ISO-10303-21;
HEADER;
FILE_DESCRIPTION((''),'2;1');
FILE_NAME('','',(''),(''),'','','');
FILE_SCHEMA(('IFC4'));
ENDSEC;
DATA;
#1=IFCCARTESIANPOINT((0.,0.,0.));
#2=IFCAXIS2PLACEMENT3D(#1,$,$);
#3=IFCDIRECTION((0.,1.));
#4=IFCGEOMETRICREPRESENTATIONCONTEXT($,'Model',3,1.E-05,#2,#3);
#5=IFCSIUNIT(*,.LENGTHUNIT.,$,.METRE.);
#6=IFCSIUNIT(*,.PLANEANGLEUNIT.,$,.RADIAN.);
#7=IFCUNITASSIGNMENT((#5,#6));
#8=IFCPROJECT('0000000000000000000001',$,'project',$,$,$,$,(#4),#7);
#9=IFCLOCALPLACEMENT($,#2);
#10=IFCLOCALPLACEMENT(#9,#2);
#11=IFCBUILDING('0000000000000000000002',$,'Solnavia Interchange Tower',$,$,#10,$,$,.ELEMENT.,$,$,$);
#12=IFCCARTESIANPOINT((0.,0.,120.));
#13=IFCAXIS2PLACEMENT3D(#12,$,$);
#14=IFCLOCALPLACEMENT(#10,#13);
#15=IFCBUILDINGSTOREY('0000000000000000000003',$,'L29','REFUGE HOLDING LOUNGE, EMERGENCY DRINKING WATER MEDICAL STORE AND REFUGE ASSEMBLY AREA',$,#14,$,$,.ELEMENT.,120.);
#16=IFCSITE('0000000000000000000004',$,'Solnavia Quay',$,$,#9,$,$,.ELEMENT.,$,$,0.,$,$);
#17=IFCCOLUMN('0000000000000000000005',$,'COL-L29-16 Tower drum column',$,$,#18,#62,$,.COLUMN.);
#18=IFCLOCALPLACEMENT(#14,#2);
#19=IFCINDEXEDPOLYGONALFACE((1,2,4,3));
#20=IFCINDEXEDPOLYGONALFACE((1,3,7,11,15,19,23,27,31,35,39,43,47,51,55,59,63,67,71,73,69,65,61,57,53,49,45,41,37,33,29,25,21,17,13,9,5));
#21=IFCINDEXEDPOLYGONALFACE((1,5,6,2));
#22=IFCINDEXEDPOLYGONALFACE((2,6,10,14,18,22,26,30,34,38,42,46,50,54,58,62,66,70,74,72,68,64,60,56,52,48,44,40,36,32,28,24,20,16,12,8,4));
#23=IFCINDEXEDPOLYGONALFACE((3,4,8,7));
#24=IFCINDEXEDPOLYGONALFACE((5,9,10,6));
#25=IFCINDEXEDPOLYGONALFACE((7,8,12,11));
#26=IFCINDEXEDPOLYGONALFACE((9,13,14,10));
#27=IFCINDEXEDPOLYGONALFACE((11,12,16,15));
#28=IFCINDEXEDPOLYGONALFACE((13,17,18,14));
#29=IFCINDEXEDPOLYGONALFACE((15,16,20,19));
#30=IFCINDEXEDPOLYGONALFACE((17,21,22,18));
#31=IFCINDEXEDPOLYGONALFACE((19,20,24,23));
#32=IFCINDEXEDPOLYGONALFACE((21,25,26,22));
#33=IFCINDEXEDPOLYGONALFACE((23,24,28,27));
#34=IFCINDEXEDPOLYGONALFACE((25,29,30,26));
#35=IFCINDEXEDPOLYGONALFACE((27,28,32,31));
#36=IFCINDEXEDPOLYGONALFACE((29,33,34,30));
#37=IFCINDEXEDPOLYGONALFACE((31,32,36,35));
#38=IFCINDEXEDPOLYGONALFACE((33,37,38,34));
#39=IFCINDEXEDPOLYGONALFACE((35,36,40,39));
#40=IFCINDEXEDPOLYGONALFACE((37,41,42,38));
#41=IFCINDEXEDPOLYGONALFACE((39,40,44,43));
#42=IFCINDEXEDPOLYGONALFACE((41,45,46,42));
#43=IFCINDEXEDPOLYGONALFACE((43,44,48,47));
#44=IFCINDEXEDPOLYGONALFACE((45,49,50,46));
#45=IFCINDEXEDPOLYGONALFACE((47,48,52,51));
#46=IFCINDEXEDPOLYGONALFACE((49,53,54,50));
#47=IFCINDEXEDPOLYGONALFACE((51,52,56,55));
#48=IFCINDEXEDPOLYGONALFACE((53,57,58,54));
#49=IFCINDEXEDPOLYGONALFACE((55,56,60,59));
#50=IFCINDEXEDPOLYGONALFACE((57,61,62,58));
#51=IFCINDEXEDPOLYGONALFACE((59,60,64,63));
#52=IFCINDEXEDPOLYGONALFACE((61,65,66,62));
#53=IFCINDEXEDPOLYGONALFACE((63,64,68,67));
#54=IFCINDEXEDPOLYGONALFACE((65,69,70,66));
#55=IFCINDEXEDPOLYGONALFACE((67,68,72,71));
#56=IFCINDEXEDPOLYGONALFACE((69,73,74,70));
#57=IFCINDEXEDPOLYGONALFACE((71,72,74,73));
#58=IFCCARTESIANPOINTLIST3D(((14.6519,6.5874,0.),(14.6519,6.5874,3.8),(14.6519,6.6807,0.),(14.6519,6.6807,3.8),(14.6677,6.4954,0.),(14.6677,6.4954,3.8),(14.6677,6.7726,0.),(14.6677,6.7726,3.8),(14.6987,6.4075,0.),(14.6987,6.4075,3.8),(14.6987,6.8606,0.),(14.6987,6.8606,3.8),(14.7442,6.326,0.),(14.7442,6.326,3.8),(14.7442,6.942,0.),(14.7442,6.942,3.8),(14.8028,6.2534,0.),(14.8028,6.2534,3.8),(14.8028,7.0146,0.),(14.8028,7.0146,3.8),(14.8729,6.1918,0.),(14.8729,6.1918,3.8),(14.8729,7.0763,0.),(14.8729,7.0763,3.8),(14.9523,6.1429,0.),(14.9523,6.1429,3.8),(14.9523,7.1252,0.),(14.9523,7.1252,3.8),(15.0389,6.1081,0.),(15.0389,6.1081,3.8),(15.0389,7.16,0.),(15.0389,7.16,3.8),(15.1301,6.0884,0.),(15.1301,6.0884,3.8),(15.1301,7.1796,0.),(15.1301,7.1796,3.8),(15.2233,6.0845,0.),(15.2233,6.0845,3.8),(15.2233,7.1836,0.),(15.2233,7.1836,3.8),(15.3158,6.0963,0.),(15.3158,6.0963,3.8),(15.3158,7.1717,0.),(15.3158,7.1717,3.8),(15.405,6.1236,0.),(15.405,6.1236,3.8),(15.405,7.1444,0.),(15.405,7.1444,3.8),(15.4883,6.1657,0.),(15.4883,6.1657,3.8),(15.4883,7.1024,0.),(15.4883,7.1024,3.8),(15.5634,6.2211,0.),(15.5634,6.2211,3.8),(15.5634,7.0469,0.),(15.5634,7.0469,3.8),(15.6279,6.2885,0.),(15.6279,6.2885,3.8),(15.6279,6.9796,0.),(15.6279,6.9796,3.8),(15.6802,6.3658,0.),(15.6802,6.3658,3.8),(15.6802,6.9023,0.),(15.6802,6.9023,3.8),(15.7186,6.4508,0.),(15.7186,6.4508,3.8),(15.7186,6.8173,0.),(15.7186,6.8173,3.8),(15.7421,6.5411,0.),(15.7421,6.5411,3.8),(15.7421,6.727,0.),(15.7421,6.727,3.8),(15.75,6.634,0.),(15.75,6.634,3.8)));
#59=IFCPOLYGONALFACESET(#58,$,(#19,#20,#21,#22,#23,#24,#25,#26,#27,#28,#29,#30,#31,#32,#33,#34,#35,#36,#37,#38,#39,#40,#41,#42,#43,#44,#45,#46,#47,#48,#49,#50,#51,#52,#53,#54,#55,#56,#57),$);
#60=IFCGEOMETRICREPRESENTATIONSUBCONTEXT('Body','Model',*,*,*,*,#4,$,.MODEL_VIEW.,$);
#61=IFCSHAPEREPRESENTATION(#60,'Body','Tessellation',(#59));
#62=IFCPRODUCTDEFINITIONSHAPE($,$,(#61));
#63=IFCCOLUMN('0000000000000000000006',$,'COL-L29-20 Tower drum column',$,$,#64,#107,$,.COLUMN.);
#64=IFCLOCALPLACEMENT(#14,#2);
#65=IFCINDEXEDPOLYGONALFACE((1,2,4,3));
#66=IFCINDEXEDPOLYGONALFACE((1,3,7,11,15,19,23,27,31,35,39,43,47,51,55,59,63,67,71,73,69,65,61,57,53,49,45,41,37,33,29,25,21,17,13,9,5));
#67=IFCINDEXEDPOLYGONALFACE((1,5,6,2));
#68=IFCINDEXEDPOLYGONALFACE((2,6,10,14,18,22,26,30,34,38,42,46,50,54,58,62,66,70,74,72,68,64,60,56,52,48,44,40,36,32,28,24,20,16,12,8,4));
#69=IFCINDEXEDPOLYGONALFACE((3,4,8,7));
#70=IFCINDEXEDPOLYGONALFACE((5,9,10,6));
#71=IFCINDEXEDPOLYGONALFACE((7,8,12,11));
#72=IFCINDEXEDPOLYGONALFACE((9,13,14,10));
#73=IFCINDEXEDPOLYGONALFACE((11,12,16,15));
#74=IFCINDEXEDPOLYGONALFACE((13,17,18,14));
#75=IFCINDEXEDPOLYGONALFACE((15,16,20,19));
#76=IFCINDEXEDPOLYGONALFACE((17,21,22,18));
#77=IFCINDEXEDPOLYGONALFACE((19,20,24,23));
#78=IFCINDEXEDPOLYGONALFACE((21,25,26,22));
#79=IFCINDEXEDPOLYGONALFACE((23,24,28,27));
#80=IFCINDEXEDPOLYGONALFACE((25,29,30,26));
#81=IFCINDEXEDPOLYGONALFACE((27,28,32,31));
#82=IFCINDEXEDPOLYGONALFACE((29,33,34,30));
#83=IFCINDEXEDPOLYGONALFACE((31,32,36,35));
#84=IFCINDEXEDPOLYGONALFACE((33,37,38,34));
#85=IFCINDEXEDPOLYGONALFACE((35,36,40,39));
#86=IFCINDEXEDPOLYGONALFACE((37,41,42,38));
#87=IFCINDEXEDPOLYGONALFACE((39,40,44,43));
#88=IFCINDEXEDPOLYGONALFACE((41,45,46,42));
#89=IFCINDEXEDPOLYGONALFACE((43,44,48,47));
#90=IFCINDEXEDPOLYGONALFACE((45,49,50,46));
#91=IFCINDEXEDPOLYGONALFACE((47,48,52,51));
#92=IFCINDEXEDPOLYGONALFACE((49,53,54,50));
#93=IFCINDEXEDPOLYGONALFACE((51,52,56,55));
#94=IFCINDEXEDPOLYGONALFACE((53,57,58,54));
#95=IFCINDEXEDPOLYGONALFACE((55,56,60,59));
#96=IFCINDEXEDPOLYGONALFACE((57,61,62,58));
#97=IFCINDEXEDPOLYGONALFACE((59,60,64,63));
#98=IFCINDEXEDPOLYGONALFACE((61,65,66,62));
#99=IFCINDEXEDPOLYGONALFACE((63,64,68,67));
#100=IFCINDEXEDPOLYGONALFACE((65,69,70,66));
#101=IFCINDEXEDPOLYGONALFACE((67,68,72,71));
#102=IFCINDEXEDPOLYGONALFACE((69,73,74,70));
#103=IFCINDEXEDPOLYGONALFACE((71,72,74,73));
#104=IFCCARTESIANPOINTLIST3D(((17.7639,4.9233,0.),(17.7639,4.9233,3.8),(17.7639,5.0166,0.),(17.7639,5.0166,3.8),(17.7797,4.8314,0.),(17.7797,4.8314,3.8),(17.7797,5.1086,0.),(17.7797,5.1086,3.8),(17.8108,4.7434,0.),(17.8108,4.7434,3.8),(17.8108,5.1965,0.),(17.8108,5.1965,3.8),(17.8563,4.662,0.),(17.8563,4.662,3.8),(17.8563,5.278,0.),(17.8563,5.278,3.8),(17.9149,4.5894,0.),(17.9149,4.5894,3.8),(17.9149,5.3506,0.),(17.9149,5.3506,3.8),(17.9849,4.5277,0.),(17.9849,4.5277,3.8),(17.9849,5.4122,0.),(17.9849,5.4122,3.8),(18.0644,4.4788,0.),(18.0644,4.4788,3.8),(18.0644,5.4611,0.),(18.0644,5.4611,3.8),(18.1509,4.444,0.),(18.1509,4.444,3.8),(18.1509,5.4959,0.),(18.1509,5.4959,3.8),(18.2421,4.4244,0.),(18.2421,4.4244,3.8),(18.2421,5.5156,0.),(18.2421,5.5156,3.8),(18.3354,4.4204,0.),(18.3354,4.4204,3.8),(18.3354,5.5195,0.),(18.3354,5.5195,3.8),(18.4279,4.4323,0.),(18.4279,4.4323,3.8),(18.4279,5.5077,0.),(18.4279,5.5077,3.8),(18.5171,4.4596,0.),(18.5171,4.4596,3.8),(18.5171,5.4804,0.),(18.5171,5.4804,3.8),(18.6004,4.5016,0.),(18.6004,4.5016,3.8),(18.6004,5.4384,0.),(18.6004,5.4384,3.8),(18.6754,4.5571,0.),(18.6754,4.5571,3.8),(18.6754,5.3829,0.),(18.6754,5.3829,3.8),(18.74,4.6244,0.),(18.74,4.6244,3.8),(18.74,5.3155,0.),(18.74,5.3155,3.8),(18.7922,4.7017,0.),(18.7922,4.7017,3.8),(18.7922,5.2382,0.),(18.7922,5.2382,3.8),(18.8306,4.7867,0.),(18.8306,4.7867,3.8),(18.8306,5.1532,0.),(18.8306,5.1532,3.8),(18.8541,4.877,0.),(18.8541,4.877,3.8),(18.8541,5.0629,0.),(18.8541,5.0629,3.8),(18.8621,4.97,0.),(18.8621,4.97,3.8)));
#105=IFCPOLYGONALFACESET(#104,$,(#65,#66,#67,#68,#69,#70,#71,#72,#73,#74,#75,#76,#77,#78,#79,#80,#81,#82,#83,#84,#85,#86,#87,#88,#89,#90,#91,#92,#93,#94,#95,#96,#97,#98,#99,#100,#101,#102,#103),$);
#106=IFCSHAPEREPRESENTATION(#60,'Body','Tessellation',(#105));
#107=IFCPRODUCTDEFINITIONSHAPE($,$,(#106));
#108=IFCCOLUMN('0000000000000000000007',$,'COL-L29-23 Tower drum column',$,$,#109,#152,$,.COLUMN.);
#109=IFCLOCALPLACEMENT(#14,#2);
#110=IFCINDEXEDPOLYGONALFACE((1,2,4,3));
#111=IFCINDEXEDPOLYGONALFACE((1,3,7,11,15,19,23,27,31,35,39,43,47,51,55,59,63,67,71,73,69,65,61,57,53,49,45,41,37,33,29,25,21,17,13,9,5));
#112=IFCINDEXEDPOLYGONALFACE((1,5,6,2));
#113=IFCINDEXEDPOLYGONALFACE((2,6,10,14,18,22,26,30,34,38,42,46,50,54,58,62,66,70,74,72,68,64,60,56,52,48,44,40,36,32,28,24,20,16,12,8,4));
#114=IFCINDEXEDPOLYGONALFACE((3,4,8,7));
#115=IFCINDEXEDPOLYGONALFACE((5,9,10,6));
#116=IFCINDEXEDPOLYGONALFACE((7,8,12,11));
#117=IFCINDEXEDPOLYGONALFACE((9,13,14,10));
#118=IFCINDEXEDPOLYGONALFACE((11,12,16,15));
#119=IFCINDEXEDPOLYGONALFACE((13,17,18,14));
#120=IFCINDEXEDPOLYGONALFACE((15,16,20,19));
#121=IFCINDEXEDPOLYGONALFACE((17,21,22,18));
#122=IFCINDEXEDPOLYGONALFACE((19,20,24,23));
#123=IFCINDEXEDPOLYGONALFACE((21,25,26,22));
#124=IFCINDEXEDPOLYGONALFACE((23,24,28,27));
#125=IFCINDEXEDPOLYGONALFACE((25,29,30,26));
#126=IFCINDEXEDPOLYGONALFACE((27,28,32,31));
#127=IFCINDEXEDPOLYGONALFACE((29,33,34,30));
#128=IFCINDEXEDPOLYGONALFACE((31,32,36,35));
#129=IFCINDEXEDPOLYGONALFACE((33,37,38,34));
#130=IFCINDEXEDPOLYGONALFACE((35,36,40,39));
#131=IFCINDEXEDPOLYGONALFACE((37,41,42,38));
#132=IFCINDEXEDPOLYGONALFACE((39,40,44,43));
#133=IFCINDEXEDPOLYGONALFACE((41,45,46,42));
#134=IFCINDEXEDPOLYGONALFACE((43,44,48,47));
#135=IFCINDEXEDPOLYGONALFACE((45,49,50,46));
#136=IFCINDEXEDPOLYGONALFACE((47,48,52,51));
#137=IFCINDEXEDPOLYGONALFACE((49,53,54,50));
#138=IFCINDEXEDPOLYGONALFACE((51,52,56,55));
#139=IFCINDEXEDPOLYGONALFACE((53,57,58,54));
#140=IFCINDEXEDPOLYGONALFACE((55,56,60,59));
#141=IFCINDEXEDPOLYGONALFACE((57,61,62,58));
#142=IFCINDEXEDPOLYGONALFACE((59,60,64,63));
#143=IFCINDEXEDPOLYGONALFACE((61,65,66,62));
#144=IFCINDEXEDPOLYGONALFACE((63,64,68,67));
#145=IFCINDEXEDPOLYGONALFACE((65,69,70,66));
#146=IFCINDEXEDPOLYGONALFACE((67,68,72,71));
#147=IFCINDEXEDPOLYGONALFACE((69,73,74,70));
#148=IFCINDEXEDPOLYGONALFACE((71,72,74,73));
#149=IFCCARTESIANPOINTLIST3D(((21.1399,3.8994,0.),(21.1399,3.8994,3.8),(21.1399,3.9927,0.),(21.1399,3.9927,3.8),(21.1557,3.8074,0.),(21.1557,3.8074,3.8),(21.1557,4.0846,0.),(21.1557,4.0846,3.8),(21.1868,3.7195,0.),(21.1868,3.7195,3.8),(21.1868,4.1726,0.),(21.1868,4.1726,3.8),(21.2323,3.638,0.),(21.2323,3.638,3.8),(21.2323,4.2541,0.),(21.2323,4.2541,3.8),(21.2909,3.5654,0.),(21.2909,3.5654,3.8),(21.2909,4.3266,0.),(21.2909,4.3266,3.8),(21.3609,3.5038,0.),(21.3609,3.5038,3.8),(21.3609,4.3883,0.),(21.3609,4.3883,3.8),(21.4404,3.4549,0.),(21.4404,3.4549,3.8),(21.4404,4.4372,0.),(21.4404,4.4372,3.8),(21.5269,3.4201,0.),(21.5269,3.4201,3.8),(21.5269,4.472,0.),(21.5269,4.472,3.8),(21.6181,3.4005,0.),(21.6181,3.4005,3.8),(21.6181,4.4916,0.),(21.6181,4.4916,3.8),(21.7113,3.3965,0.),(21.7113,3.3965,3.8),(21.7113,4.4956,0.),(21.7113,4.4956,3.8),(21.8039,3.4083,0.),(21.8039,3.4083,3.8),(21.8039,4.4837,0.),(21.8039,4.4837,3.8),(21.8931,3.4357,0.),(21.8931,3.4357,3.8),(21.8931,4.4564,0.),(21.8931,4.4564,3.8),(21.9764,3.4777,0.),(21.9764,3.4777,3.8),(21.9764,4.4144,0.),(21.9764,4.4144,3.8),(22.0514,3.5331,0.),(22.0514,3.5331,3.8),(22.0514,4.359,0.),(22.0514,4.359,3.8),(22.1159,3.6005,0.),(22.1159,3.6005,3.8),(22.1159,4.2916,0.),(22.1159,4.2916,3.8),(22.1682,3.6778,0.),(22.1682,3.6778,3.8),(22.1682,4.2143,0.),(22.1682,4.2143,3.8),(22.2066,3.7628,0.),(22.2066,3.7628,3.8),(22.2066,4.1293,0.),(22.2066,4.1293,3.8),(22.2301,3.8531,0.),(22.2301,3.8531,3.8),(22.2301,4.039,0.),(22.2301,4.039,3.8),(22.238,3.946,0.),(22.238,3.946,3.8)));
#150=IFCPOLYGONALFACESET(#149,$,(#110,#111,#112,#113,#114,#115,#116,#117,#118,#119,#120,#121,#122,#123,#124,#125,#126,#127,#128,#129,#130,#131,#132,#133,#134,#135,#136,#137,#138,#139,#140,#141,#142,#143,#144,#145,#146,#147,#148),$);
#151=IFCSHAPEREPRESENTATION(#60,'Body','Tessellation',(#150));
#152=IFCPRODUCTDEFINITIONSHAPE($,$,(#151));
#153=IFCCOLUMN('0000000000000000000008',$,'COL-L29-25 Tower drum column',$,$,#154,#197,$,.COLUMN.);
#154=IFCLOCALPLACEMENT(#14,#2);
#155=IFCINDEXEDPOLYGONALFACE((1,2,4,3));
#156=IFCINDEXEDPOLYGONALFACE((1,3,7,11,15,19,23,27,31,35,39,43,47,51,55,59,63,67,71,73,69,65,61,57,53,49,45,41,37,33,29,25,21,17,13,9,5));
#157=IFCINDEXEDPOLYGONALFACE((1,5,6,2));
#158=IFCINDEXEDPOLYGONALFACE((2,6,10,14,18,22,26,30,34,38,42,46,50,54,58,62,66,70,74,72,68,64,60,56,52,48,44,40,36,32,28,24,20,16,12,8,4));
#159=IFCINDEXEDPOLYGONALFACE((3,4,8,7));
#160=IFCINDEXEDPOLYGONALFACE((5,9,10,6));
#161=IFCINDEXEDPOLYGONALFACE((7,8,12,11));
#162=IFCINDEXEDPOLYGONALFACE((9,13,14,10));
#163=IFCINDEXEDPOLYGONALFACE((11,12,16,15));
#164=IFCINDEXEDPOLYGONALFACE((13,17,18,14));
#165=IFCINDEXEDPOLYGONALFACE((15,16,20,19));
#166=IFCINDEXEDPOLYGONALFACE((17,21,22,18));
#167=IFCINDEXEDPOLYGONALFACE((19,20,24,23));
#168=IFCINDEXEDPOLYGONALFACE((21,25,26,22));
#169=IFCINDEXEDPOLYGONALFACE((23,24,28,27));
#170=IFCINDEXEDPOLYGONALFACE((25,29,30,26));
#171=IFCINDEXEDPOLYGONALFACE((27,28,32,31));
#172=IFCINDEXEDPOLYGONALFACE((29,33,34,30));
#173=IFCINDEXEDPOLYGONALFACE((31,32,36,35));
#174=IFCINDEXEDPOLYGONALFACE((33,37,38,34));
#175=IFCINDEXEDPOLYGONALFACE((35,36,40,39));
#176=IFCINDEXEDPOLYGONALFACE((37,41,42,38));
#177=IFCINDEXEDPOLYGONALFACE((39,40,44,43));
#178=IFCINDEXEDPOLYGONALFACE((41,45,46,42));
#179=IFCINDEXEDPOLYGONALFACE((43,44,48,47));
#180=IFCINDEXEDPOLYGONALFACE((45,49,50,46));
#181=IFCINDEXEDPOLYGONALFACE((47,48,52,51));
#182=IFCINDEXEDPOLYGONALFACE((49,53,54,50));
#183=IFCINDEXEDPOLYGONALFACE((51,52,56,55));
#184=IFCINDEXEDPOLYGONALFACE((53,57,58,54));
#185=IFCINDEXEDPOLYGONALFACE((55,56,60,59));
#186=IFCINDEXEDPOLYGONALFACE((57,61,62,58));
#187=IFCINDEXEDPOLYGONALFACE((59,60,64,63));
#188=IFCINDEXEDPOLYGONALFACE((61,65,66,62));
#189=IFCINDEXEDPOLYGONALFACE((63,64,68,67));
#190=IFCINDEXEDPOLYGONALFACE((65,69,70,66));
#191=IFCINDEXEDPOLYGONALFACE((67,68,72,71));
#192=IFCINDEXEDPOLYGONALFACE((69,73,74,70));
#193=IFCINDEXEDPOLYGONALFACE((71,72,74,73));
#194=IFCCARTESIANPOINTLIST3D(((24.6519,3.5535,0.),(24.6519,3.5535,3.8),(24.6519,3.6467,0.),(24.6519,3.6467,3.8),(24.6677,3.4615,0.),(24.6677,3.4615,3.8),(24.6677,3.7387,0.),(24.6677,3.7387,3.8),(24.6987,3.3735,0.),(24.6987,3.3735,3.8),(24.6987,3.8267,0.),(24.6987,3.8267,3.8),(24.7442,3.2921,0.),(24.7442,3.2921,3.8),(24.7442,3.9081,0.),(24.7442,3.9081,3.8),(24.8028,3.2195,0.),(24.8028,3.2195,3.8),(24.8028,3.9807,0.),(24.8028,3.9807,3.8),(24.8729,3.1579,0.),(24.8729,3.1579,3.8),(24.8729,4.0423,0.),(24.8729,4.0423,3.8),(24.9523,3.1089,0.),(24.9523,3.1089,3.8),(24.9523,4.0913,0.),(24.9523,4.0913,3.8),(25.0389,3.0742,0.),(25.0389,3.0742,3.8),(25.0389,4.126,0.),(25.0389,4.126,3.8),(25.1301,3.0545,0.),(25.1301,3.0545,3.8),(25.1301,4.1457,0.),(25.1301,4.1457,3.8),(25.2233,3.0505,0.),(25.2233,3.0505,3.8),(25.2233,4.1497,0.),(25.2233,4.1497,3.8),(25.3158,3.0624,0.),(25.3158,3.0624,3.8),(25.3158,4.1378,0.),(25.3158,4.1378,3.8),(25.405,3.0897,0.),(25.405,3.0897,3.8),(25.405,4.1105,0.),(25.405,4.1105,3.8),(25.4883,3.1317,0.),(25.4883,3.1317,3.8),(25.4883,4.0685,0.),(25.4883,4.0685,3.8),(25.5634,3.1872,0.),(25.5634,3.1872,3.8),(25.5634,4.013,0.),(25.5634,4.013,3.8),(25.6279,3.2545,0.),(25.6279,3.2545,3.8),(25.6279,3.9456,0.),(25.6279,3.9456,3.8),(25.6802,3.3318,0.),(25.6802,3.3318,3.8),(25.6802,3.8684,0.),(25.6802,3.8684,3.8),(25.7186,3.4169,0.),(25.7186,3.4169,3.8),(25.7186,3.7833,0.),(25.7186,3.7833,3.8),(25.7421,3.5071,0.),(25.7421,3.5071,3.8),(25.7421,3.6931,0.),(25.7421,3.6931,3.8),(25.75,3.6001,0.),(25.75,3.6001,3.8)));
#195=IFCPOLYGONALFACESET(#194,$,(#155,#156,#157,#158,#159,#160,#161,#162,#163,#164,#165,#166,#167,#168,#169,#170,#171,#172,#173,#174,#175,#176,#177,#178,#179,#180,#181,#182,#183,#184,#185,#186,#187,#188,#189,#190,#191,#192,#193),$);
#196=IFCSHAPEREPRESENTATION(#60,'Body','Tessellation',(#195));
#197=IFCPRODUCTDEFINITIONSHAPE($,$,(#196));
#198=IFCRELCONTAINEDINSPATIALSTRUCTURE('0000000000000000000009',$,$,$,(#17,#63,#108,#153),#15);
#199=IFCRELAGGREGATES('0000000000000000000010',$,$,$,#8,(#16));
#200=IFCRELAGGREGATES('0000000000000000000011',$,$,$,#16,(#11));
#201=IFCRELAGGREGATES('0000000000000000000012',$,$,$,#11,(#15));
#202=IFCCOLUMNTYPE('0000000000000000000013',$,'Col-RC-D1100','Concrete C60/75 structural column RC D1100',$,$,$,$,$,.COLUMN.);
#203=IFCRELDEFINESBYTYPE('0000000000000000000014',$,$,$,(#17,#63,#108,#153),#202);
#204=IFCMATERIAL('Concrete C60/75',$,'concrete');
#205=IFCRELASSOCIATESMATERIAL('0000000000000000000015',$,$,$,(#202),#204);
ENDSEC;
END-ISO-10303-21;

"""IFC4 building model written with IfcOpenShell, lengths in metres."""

from ifc_helpers import new_model, si_unit, direction, frame, origin, origin_2d, place, context, subcontext, project, spatial, circle, extrude, material, material_profile, profile_set, type_object, element, save


model = new_model("IFC4")

# Units and contexts
model_context = context("Model", 3, precision=1e-05, world=origin(), true_north=direction((0.0, 1.0)))
body_context = subcontext(model_context, "Body", "Model", "MODEL_VIEW")
ifc_project = project(units=[si_unit("LENGTHUNIT", "METRE"), si_unit("PLANEANGLEUNIT", "RADIAN")], contexts=[model_context])

# Site, building, storey
site_placement = place(None, origin())
site = spatial("IfcSite", under=ifc_project, at=site_placement, Name="Solnavia Quay", CompositionType="ELEMENT", RefElevation=0.0)
building_placement = place(site_placement, origin())
building = spatial("IfcBuilding", under=site, at=building_placement, Name="Solnavia Interchange Tower", CompositionType="ELEMENT")
storey_placement = place(building_placement, frame((0.0, 0.0, 120.0)))
storey = spatial("IfcBuildingStorey", under=building, at=storey_placement, Name="L29", Description="REFUGE HOLDING LOUNGE, EMERGENCY DRINKING WATER MEDICAL STORE AND REFUGE ASSEMBLY AREA", CompositionType="ELEMENT", Elevation=120.0)

# Columns
ifc_material_1 = material(Name="Concrete C60/75", Category="concrete")
ifc_material_profile_1 = material_profile(ifc_material_1, circle(Radius=0.55, at=origin_2d()), Name="RC D1100")
ifc_profile_set_1 = profile_set([ifc_material_profile_1], Name="Concrete C60/75")
column_type_1 = type_object("IfcColumnType", Name="Col-RC-D1100", Description="Concrete C60/75 structural column RC D1100", PredefinedType="COLUMN", material=ifc_profile_set_1)
for number, where, z_axis, x_axis, name in (
    (1, (15.2, 6.634, 0.0), (0.0, 0.0, 1.0), (1.0, 0.0, 0.0), "COL-L29-16 Tower drum column"),
    (2, (18.312, 4.97, 0.0), (0.0, 0.0, 1.0), (1.0, 0.0, 0.0), "COL-L29-20 Tower drum column"),
    (3, (21.688, 3.946, 0.0), (0.0, 0.0, 1.0), (1.0, 0.0, 0.0), "COL-L29-23 Tower drum column"),
    (4, (25.2, 3.6001, 0.0), (0.0, 0.0, 1.0), (1.0, 0.0, 0.0), "COL-L29-25 Tower drum column"),
):
    element("IfcColumn", number, at=place(storey_placement, frame(where, z_axis=z_axis, x_axis=x_axis)), inside=storey, type_object=column_type_1, Name=name, PredefinedType="COLUMN", context=body_context, shape_type="SweptSolid", body=[
        extrude(circle(Radius=0.55, at=origin_2d()), origin(), (0.0, 0.0, 1.0), 3.8),
    ])

save(model, "model.ifc")
